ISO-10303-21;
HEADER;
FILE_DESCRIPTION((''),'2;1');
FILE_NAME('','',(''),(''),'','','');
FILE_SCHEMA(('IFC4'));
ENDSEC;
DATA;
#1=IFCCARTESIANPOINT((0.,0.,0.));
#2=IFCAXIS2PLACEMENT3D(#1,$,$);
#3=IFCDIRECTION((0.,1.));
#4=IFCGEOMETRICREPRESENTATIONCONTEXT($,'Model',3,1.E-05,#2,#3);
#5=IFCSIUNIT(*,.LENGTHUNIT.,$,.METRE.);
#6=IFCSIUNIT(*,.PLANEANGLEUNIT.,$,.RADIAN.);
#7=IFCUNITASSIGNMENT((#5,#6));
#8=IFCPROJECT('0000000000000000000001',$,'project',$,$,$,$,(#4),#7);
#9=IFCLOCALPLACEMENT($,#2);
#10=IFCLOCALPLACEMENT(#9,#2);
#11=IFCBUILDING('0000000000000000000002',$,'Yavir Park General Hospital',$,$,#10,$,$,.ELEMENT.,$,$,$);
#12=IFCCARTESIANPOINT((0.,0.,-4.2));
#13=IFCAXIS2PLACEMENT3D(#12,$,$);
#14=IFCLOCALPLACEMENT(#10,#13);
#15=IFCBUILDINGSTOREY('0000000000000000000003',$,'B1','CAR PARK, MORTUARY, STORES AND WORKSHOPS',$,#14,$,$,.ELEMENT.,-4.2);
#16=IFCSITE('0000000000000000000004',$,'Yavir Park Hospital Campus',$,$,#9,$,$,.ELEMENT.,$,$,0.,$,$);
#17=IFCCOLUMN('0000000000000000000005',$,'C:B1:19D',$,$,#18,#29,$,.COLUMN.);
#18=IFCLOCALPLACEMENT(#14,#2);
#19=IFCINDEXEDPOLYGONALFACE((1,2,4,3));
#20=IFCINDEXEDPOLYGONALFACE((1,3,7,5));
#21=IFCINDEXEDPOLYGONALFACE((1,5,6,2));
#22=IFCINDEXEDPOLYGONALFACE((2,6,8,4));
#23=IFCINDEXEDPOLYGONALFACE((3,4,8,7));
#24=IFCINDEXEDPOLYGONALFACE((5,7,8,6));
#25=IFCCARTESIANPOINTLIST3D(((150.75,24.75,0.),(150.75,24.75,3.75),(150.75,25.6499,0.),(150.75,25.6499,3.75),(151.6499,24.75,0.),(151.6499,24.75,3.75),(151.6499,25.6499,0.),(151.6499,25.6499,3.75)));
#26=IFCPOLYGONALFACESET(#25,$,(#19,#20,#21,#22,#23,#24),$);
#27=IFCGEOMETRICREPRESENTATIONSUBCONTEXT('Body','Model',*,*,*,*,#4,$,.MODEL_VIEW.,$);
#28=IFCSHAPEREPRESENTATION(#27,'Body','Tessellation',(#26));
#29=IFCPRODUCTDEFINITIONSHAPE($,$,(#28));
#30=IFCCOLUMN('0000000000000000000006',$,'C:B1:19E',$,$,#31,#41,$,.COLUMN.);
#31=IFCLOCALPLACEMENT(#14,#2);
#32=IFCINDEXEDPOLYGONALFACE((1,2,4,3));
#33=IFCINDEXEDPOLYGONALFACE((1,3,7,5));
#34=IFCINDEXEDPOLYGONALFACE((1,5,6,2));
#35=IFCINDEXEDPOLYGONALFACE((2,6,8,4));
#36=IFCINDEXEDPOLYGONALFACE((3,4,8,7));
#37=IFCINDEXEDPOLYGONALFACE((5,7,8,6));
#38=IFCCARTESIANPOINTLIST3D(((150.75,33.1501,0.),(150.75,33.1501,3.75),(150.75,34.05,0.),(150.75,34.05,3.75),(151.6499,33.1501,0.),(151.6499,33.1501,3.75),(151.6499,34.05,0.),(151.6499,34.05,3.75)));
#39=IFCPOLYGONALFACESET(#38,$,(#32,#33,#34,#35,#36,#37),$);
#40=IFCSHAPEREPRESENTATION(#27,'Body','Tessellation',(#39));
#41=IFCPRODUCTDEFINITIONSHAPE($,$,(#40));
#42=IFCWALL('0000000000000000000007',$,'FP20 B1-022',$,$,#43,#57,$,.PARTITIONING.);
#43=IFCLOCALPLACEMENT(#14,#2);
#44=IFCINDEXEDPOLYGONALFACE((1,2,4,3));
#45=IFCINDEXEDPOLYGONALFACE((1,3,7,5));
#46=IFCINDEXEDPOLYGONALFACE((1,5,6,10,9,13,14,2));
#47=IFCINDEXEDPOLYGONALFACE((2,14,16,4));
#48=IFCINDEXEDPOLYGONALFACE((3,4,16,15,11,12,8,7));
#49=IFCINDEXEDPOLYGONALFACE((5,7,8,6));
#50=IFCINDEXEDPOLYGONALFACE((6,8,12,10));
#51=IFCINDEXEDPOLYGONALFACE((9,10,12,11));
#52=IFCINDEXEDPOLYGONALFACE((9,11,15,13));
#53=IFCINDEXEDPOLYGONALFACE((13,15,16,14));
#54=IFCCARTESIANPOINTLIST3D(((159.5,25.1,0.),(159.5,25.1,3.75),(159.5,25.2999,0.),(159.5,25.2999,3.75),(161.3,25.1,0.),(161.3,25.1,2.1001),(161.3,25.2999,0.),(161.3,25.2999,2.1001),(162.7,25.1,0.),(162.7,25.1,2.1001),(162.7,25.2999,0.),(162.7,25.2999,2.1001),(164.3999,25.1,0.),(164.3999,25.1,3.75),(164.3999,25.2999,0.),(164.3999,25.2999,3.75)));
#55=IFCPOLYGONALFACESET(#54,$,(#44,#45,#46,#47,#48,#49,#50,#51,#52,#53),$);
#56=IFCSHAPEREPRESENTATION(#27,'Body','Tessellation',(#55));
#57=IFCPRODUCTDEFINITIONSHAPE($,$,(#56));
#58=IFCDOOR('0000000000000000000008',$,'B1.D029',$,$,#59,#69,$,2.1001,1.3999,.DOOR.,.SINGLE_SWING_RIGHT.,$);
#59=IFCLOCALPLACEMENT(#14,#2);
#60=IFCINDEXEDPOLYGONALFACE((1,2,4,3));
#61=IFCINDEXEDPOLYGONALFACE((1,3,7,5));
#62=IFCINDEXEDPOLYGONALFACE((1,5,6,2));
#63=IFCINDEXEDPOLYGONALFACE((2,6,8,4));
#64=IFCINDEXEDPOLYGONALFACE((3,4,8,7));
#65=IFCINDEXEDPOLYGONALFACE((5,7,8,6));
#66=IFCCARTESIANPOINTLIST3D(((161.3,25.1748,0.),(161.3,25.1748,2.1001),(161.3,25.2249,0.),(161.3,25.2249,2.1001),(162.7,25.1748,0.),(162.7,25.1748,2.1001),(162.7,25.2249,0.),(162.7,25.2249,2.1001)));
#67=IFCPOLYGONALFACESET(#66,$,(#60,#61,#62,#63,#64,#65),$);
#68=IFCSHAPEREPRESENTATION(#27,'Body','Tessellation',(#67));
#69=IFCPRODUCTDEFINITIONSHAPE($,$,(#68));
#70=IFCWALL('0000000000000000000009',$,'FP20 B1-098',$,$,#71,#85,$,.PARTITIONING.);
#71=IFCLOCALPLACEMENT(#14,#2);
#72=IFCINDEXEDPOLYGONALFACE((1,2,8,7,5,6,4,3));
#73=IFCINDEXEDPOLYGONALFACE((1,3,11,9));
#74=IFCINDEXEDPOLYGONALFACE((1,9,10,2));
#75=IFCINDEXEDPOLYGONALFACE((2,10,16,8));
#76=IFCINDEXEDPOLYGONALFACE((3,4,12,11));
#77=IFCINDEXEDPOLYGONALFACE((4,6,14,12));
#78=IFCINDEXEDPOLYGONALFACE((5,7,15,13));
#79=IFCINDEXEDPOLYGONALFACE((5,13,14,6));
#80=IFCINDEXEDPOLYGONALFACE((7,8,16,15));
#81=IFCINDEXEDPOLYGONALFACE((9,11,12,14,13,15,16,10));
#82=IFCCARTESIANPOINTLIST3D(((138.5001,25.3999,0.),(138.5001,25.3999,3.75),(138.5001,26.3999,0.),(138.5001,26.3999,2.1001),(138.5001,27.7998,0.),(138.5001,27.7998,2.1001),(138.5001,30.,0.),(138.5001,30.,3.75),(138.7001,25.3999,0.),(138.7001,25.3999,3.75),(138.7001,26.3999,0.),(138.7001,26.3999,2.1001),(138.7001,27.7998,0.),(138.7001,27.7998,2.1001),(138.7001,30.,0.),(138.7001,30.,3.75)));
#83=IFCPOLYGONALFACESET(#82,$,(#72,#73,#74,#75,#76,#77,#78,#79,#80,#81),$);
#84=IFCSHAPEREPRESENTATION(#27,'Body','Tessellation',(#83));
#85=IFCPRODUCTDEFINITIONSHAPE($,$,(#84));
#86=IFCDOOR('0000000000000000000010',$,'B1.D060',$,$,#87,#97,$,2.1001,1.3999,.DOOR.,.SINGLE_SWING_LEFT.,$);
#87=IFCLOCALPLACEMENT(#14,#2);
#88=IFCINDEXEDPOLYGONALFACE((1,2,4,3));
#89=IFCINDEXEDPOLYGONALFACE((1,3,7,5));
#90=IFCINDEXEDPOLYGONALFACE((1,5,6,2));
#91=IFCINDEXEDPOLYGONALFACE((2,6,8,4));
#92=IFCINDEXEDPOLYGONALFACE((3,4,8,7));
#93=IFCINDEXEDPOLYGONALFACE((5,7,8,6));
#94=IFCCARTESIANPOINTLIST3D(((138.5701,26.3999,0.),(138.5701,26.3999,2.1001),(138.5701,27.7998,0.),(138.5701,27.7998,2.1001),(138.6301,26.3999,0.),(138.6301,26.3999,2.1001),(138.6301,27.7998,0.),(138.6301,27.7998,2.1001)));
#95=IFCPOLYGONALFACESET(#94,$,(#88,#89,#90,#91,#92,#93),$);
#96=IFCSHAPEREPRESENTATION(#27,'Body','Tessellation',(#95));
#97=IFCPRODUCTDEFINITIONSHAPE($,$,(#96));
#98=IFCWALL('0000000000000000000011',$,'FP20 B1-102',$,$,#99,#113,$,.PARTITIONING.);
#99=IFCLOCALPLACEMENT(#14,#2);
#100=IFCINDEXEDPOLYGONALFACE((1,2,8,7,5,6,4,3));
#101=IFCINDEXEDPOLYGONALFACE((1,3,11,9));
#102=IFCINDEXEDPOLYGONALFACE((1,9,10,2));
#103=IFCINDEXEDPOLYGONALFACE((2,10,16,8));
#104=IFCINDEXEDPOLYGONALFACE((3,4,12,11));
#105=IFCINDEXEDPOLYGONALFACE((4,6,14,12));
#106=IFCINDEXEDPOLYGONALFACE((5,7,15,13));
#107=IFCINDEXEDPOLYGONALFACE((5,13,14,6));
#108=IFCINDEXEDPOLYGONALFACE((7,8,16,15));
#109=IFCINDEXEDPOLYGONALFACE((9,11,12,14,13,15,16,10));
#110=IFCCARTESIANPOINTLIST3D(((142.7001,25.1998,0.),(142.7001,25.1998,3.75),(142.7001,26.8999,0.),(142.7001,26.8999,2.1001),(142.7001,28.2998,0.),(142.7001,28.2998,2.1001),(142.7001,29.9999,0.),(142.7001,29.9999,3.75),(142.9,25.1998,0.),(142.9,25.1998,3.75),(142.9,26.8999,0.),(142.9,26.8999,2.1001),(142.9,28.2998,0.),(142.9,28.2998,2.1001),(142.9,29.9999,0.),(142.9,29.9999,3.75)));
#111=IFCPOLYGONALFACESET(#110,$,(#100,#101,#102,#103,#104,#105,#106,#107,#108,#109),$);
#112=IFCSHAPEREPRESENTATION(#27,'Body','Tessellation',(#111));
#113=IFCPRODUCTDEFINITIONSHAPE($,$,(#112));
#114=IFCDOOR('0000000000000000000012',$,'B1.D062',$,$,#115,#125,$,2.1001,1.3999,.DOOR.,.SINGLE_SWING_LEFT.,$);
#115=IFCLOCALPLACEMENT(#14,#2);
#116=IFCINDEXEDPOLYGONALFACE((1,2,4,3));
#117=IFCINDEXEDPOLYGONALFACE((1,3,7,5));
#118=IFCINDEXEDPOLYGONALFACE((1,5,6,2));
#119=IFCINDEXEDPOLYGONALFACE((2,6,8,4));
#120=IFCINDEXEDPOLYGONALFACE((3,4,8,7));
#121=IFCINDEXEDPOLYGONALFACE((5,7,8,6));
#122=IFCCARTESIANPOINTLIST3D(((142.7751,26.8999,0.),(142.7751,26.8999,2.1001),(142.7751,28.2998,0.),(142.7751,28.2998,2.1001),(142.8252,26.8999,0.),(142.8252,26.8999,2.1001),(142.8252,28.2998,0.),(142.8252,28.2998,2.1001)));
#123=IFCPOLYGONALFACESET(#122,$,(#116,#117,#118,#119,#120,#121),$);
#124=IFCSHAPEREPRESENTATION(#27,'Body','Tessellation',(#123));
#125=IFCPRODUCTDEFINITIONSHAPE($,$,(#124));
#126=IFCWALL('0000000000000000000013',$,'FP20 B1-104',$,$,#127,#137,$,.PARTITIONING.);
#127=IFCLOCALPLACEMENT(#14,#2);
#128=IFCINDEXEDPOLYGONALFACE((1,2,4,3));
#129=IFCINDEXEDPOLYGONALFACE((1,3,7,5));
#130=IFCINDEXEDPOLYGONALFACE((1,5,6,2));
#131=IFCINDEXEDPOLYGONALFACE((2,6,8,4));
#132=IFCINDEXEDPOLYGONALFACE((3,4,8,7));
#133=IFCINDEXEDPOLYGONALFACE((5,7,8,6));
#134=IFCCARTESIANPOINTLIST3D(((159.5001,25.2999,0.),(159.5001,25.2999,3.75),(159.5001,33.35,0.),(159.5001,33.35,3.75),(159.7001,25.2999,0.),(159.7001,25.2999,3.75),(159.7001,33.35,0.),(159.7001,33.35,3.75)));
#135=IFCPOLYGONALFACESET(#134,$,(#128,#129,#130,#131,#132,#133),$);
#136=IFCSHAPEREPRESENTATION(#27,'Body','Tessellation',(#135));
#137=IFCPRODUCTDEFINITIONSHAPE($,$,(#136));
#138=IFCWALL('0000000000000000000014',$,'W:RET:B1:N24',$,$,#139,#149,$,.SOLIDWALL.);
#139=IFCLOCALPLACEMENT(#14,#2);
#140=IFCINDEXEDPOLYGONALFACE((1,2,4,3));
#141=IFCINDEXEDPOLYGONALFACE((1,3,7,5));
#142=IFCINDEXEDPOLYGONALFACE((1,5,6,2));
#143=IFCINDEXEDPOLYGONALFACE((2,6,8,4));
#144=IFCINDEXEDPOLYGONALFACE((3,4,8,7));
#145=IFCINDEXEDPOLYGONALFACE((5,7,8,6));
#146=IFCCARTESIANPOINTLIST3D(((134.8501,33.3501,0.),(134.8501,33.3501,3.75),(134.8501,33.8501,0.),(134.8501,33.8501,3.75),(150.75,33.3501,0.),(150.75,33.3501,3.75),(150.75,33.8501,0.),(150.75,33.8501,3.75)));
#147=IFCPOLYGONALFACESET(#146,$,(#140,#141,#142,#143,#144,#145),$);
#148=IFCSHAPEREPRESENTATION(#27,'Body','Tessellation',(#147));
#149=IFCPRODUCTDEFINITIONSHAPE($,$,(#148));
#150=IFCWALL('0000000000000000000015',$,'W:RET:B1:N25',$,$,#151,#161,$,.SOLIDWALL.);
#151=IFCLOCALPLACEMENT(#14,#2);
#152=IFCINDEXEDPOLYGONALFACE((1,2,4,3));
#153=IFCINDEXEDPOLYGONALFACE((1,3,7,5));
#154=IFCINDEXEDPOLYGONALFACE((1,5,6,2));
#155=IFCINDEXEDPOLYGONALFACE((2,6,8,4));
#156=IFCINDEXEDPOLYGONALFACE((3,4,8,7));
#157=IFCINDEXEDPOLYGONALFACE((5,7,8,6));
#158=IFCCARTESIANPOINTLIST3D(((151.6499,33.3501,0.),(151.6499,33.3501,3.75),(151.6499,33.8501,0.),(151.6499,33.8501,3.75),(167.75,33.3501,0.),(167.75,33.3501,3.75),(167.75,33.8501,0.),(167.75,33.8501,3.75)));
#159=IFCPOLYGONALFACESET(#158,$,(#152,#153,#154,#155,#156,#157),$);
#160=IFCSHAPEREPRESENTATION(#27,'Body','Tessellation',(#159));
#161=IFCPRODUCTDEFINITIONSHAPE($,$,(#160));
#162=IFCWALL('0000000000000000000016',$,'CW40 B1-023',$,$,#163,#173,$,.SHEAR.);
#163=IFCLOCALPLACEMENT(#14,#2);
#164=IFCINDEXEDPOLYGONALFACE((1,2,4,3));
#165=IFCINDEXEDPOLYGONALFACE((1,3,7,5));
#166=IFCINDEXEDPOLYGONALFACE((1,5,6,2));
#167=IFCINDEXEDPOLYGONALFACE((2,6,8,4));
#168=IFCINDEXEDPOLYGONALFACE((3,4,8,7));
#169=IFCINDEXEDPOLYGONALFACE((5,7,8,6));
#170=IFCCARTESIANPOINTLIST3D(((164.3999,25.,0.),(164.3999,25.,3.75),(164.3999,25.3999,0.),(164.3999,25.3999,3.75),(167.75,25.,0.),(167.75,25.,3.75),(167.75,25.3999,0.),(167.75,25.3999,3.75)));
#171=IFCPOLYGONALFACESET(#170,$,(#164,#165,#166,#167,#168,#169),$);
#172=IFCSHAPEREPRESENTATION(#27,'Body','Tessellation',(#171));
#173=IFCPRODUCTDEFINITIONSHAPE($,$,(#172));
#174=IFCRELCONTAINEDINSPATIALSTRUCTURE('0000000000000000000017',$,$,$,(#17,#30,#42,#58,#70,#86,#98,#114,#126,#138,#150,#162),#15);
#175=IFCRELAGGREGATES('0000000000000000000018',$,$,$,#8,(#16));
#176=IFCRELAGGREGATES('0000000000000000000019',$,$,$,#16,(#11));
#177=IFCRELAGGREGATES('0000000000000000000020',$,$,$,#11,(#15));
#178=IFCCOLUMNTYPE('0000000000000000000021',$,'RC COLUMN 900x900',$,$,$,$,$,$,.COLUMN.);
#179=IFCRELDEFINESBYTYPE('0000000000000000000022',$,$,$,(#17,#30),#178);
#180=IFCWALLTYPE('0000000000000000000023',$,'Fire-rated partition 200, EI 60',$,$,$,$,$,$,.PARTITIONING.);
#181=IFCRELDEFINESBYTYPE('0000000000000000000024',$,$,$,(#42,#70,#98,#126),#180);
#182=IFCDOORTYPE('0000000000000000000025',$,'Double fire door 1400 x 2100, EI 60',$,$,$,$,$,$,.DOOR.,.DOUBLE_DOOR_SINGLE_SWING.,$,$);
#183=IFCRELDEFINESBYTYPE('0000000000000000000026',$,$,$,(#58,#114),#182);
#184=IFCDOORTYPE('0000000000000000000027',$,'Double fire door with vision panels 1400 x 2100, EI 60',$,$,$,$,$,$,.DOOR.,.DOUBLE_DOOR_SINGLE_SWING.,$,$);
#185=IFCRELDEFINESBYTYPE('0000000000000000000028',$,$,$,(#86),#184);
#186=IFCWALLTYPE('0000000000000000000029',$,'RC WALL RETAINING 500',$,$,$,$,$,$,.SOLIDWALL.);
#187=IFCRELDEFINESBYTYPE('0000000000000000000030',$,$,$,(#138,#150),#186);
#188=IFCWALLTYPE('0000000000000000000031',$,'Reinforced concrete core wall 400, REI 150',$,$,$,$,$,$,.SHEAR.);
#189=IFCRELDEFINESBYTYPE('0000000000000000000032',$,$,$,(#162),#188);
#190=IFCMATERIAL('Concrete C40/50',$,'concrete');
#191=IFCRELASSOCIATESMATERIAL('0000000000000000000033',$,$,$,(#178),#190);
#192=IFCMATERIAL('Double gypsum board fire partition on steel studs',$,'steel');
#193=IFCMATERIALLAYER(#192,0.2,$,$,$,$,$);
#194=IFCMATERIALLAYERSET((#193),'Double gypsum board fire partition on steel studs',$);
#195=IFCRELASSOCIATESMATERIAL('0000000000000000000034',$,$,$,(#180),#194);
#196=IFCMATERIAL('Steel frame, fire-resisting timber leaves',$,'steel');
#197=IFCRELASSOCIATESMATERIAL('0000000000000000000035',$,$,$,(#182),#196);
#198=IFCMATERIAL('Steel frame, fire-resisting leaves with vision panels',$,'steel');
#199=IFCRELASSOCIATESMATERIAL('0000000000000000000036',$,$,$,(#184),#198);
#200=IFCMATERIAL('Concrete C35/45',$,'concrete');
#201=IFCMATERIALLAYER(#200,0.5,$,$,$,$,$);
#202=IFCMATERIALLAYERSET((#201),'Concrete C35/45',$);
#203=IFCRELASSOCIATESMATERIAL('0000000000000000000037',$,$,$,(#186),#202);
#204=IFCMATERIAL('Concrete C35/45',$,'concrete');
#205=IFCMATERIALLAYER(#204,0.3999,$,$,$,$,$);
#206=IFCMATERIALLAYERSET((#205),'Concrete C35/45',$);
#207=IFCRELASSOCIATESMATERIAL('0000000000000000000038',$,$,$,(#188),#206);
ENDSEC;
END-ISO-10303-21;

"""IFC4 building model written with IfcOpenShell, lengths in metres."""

from ifc_helpers import new_model, si_unit, direction, frame, frame_2d, origin, origin_2d, place, context, subcontext, project, spatial, rectangle, extrude, material, layer, layer_set, material_profile, profile_set, type_object, element, fill, save


model = new_model("IFC4")

# Units and contexts
model_context = context("Model", 3, precision=1e-05, world=origin(), true_north=direction((0.0, 1.0)))
body_context = subcontext(model_context, "Body", "Model", "MODEL_VIEW")
ifc_project = project(units=[si_unit("LENGTHUNIT", "METRE"), si_unit("PLANEANGLEUNIT", "RADIAN")], contexts=[model_context])

# Site, building, storey
site_placement = place(None, origin())
site = spatial("IfcSite", under=ifc_project, at=site_placement, Name="Yavir Park Hospital Campus", CompositionType="ELEMENT", RefElevation=0.0)
building_placement = place(site_placement, origin())
building = spatial("IfcBuilding", under=site, at=building_placement, Name="Yavir Park General Hospital", CompositionType="ELEMENT")
storey_placement = place(building_placement, frame((0.0, 0.0, -4.2)))
storey = spatial("IfcBuildingStorey", under=building, at=storey_placement, Name="B1", Description="CAR PARK, MORTUARY, STORES AND WORKSHOPS", CompositionType="ELEMENT", Elevation=-4.2)

# Columns
ifc_material_1 = material(Name="Concrete C40/50", Category="concrete")
ifc_material_profile = material_profile(ifc_material_1, rectangle(XDim=0.8999, YDim=0.8999, at=origin_2d()), Name="RC900x900")
ifc_profile_set = profile_set([ifc_material_profile], Name="Concrete C40/50")
column_type = type_object("IfcColumnType", Name="RC COLUMN 900x900", PredefinedType="COLUMN", material=ifc_profile_set)
for number, where, z_axis, x_axis, name in (
    (1, (151.2, 25.2, 0.0), (0.0, 0.0, 1.0), (1.0, 0.0, 0.0), "C:B1:19D"),
    (2, (151.2, 33.6001, 0.0), (0.0, 0.0, 1.0), (1.0, 0.0, 0.0), "C:B1:19E"),
):
    element("IfcColumn", number, at=place(storey_placement, frame(where, z_axis=z_axis, x_axis=x_axis)), inside=storey, type_object=column_type, Name=name, PredefinedType="COLUMN", context=body_context, shape_type="SweptSolid", body=[
        extrude(rectangle(XDim=0.8999, YDim=0.8999, at=origin_2d()), origin(), (0.0, 0.0, 1.0), 3.75),
    ])

# Walls, openings, doors
ifc_material_2 = material(Name="Double gypsum board fire partition on steel studs", Category="steel")
ifc_layer_1 = layer(ifc_material_2, 0.2)
ifc_layer_set_1 = layer_set([ifc_layer_1], Name="Double gypsum board fire partition on steel studs")
wall_type_1 = type_object("IfcWallType", Name="Fire-rated partition 200, EI 60", PredefinedType="PARTITIONING", material=ifc_layer_set_1)
wall_1_placement = place(storey_placement, frame((159.5, 25.2, 0.0), z_axis=(0.0, 0.0, 1.0), x_axis=(1.0, 0.0, 0.0)))
wall_1 = element("IfcWall", 3, at=wall_1_placement, inside=storey, type_object=wall_type_1, Name="FP20 B1-022", PredefinedType="PARTITIONING", context=body_context, shape_type="SweptSolid", body=[
    extrude(rectangle(XDim=4.8999, YDim=0.2, at=frame_2d((2.45, 0.0))), origin(), (0.0, 0.0, 1.0), 3.75),
])
opening_1_placement = place(wall_1_placement, frame((1.8, 0.0, 0.0)))
opening_1 = element("IfcOpeningElement", 4, at=opening_1_placement, cuts=wall_1, PredefinedType="OPENING", context=body_context, shape_type="SweptSolid", body=[
    extrude(rectangle(XDim=1.3999, YDim=2.1001, at=frame_2d((0.7, 1.05))), frame((0.0, 0.1099, 0.0), z_axis=(0.0, -1.0, 0.0), x_axis=(1.0, 0.0, 0.0)), (0.0, 0.0, 1.0), 0.22),
])
ifc_material_3 = material(Name="Steel frame, fire-resisting timber leaves", Category="steel")
door_type_1 = type_object("IfcDoorType", Name="Double fire door 1400 x 2100, EI 60", OperationType="DOUBLE_DOOR_SINGLE_SWING", PredefinedType="DOOR", material=ifc_material_3)
door_1_placement = place(opening_1_placement, origin())
door_1 = element("IfcDoor", 5, at=door_1_placement, inside=storey, type_object=door_type_1, Name="B1.D029", OperationType="SINGLE_SWING_RIGHT", OverallHeight=2.1001, OverallWidth=1.3999, PredefinedType="DOOR", context=body_context, shape_type="SweptSolid", body=[
    extrude(rectangle(XDim=1.3999, YDim=2.1001, at=frame_2d((0.7, 1.05))), frame((0.0, 0.0249, 0.0), z_axis=(0.0, -1.0, 0.0), x_axis=(1.0, 0.0, 0.0)), (0.0, 0.0, 1.0), 0.05),
])
fill(opening_1, door_1)
wall_2_placement = place(storey_placement, frame((138.6001, 25.3999, 0.0), z_axis=(0.0, 0.0, 1.0), x_axis=(0.0, 1.0, 0.0)))
wall_2 = element("IfcWall", 6, at=wall_2_placement, inside=storey, type_object=wall_type_1, Name="FP20 B1-098", PredefinedType="PARTITIONING", context=body_context, shape_type="SweptSolid", body=[
    extrude(rectangle(XDim=4.6001, YDim=0.2, at=frame_2d((2.3, 0.0))), origin(), (0.0, 0.0, 1.0), 3.75),
])
opening_2_placement = place(wall_2_placement, frame((1.0, 0.0, 0.0)))
opening_2 = element("IfcOpeningElement", 7, at=opening_2_placement, cuts=wall_2, PredefinedType="OPENING", context=body_context, shape_type="SweptSolid", body=[
    extrude(rectangle(XDim=1.3999, YDim=2.1001, at=frame_2d((0.7, 1.05))), frame((0.0, 0.1099, 0.0), z_axis=(0.0, -1.0, 0.0), x_axis=(1.0, 0.0, 0.0)), (0.0, 0.0, 1.0), 0.22),
])
ifc_material_4 = material(Name="Steel frame, fire-resisting leaves with vision panels", Category="steel")
door_type_2 = type_object("IfcDoorType", Name="Double fire door with vision panels 1400 x 2100, EI 60", OperationType="DOUBLE_DOOR_SINGLE_SWING", PredefinedType="DOOR", material=ifc_material_4)
door_2_placement = place(opening_2_placement, origin())
door_2 = element("IfcDoor", 8, at=door_2_placement, inside=storey, type_object=door_type_2, Name="B1.D060", OperationType="SINGLE_SWING_LEFT", OverallHeight=2.1001, OverallWidth=1.3999, PredefinedType="DOOR", context=body_context, shape_type="SweptSolid", body=[
    extrude(rectangle(XDim=1.3999, YDim=2.1001, at=frame_2d((0.7, 1.05))), frame((0.0, 0.03, 0.0), z_axis=(0.0, -1.0, 0.0), x_axis=(1.0, 0.0, 0.0)), (0.0, 0.0, 1.0), 0.0601),
])
fill(opening_2, door_2)
wall_3_placement = place(storey_placement, frame((142.8, 25.2, 0.0), z_axis=(0.0, 0.0, 1.0), x_axis=(0.0, 1.0, 0.0)))
wall_3 = element("IfcWall", 9, at=wall_3_placement, inside=storey, type_object=wall_type_1, Name="FP20 B1-102", PredefinedType="PARTITIONING", context=body_context, shape_type="SweptSolid", body=[
    extrude(rectangle(XDim=4.8, YDim=0.2, at=frame_2d((2.3999, 0.0))), origin(), (0.0, 0.0, 1.0), 3.75),
])
opening_3_placement = place(wall_3_placement, frame((1.7, 0.0, 0.0)))
opening_3 = element("IfcOpeningElement", 10, at=opening_3_placement, cuts=wall_3, PredefinedType="OPENING", context=body_context, shape_type="SweptSolid", body=[
    extrude(rectangle(XDim=1.3999, YDim=2.1001, at=frame_2d((0.7, 1.05))), frame((0.0, 0.1099, 0.0), z_axis=(0.0, -1.0, 0.0), x_axis=(1.0, 0.0, 0.0)), (0.0, 0.0, 1.0), 0.22),
])
door_3_placement = place(opening_3_placement, origin())
door_3 = element("IfcDoor", 11, at=door_3_placement, inside=storey, type_object=door_type_1, Name="B1.D062", OperationType="SINGLE_SWING_LEFT", OverallHeight=2.1001, OverallWidth=1.3999, PredefinedType="DOOR", context=body_context, shape_type="SweptSolid", body=[
    extrude(rectangle(XDim=1.3999, YDim=2.1001, at=frame_2d((0.7, 1.05))), frame((0.0, 0.0249, 0.0), z_axis=(0.0, -1.0, 0.0), x_axis=(1.0, 0.0, 0.0)), (0.0, 0.0, 1.0), 0.05),
])
fill(opening_3, door_3)

# Walls
wall_4_placement = place(storey_placement, frame((159.6001, 25.3, 0.0), z_axis=(0.0, 0.0, 1.0), x_axis=(0.0, 1.0, 0.0)))
element("IfcWall", 12, at=wall_4_placement, inside=storey, type_object=wall_type_1, Name="FP20 B1-104", PredefinedType="PARTITIONING", context=body_context, shape_type="SweptSolid", body=[
    extrude(rectangle(XDim=8.05, YDim=0.2, at=frame_2d((4.0249, 0.0))), origin(), (0.0, 0.0, 1.0), 3.75),
])
ifc_material_5 = material(Name="Concrete C35/45", Category="concrete")
ifc_layer_2 = layer(ifc_material_5, 0.5)
ifc_layer_set_2 = layer_set([ifc_layer_2], Name="Concrete C35/45")
wall_type_2 = type_object("IfcWallType", Name="RC WALL RETAINING 500", PredefinedType="SOLIDWALL", material=ifc_layer_set_2)
wall_5_placement = place(storey_placement, frame((134.8501, 33.6001, 0.0), z_axis=(0.0, 0.0, 1.0), x_axis=(1.0, 0.0, 0.0)))
element("IfcWall", 13, at=wall_5_placement, inside=storey, type_object=wall_type_2, Name="W:RET:B1:N24", PredefinedType="SOLIDWALL", context=body_context, shape_type="SweptSolid", body=[
    extrude(rectangle(XDim=15.8999, YDim=0.5, at=frame_2d((7.95, 0.0))), origin(), (0.0, 0.0, 1.0), 3.75),
])
wall_6_placement = place(storey_placement, frame((151.6499, 33.6001, 0.0), z_axis=(0.0, 0.0, 1.0), x_axis=(1.0, 0.0, 0.0)))
element("IfcWall", 14, at=wall_6_placement, inside=storey, type_object=wall_type_2, Name="W:RET:B1:N25", PredefinedType="SOLIDWALL", context=body_context, shape_type="SweptSolid", body=[
    extrude(rectangle(XDim=16.1001, YDim=0.5, at=frame_2d((8.05, 0.0))), origin(), (0.0, 0.0, 1.0), 3.75),
])
ifc_material_6 = material(Name="Concrete C35/45", Category="concrete")
ifc_layer_3 = layer(ifc_material_6, 0.3999)
ifc_layer_set_3 = layer_set([ifc_layer_3], Name="Concrete C35/45")
wall_type_3 = type_object("IfcWallType", Name="Reinforced concrete core wall 400, REI 150", PredefinedType="SHEAR", material=ifc_layer_set_3)
wall_7_placement = place(storey_placement, frame((164.3999, 25.2, 0.0), z_axis=(0.0, 0.0, 1.0), x_axis=(1.0, 0.0, 0.0)))
element("IfcWall", 15, at=wall_7_placement, inside=storey, type_object=wall_type_3, Name="CW40 B1-023", PredefinedType="SHEAR", context=body_context, shape_type="SweptSolid", body=[
    extrude(rectangle(XDim=3.3501, YDim=0.3999, at=frame_2d((1.675, 0.0))), origin(), (0.0, 0.0, 1.0), 3.75),
])

save(model, "model.ifc")
